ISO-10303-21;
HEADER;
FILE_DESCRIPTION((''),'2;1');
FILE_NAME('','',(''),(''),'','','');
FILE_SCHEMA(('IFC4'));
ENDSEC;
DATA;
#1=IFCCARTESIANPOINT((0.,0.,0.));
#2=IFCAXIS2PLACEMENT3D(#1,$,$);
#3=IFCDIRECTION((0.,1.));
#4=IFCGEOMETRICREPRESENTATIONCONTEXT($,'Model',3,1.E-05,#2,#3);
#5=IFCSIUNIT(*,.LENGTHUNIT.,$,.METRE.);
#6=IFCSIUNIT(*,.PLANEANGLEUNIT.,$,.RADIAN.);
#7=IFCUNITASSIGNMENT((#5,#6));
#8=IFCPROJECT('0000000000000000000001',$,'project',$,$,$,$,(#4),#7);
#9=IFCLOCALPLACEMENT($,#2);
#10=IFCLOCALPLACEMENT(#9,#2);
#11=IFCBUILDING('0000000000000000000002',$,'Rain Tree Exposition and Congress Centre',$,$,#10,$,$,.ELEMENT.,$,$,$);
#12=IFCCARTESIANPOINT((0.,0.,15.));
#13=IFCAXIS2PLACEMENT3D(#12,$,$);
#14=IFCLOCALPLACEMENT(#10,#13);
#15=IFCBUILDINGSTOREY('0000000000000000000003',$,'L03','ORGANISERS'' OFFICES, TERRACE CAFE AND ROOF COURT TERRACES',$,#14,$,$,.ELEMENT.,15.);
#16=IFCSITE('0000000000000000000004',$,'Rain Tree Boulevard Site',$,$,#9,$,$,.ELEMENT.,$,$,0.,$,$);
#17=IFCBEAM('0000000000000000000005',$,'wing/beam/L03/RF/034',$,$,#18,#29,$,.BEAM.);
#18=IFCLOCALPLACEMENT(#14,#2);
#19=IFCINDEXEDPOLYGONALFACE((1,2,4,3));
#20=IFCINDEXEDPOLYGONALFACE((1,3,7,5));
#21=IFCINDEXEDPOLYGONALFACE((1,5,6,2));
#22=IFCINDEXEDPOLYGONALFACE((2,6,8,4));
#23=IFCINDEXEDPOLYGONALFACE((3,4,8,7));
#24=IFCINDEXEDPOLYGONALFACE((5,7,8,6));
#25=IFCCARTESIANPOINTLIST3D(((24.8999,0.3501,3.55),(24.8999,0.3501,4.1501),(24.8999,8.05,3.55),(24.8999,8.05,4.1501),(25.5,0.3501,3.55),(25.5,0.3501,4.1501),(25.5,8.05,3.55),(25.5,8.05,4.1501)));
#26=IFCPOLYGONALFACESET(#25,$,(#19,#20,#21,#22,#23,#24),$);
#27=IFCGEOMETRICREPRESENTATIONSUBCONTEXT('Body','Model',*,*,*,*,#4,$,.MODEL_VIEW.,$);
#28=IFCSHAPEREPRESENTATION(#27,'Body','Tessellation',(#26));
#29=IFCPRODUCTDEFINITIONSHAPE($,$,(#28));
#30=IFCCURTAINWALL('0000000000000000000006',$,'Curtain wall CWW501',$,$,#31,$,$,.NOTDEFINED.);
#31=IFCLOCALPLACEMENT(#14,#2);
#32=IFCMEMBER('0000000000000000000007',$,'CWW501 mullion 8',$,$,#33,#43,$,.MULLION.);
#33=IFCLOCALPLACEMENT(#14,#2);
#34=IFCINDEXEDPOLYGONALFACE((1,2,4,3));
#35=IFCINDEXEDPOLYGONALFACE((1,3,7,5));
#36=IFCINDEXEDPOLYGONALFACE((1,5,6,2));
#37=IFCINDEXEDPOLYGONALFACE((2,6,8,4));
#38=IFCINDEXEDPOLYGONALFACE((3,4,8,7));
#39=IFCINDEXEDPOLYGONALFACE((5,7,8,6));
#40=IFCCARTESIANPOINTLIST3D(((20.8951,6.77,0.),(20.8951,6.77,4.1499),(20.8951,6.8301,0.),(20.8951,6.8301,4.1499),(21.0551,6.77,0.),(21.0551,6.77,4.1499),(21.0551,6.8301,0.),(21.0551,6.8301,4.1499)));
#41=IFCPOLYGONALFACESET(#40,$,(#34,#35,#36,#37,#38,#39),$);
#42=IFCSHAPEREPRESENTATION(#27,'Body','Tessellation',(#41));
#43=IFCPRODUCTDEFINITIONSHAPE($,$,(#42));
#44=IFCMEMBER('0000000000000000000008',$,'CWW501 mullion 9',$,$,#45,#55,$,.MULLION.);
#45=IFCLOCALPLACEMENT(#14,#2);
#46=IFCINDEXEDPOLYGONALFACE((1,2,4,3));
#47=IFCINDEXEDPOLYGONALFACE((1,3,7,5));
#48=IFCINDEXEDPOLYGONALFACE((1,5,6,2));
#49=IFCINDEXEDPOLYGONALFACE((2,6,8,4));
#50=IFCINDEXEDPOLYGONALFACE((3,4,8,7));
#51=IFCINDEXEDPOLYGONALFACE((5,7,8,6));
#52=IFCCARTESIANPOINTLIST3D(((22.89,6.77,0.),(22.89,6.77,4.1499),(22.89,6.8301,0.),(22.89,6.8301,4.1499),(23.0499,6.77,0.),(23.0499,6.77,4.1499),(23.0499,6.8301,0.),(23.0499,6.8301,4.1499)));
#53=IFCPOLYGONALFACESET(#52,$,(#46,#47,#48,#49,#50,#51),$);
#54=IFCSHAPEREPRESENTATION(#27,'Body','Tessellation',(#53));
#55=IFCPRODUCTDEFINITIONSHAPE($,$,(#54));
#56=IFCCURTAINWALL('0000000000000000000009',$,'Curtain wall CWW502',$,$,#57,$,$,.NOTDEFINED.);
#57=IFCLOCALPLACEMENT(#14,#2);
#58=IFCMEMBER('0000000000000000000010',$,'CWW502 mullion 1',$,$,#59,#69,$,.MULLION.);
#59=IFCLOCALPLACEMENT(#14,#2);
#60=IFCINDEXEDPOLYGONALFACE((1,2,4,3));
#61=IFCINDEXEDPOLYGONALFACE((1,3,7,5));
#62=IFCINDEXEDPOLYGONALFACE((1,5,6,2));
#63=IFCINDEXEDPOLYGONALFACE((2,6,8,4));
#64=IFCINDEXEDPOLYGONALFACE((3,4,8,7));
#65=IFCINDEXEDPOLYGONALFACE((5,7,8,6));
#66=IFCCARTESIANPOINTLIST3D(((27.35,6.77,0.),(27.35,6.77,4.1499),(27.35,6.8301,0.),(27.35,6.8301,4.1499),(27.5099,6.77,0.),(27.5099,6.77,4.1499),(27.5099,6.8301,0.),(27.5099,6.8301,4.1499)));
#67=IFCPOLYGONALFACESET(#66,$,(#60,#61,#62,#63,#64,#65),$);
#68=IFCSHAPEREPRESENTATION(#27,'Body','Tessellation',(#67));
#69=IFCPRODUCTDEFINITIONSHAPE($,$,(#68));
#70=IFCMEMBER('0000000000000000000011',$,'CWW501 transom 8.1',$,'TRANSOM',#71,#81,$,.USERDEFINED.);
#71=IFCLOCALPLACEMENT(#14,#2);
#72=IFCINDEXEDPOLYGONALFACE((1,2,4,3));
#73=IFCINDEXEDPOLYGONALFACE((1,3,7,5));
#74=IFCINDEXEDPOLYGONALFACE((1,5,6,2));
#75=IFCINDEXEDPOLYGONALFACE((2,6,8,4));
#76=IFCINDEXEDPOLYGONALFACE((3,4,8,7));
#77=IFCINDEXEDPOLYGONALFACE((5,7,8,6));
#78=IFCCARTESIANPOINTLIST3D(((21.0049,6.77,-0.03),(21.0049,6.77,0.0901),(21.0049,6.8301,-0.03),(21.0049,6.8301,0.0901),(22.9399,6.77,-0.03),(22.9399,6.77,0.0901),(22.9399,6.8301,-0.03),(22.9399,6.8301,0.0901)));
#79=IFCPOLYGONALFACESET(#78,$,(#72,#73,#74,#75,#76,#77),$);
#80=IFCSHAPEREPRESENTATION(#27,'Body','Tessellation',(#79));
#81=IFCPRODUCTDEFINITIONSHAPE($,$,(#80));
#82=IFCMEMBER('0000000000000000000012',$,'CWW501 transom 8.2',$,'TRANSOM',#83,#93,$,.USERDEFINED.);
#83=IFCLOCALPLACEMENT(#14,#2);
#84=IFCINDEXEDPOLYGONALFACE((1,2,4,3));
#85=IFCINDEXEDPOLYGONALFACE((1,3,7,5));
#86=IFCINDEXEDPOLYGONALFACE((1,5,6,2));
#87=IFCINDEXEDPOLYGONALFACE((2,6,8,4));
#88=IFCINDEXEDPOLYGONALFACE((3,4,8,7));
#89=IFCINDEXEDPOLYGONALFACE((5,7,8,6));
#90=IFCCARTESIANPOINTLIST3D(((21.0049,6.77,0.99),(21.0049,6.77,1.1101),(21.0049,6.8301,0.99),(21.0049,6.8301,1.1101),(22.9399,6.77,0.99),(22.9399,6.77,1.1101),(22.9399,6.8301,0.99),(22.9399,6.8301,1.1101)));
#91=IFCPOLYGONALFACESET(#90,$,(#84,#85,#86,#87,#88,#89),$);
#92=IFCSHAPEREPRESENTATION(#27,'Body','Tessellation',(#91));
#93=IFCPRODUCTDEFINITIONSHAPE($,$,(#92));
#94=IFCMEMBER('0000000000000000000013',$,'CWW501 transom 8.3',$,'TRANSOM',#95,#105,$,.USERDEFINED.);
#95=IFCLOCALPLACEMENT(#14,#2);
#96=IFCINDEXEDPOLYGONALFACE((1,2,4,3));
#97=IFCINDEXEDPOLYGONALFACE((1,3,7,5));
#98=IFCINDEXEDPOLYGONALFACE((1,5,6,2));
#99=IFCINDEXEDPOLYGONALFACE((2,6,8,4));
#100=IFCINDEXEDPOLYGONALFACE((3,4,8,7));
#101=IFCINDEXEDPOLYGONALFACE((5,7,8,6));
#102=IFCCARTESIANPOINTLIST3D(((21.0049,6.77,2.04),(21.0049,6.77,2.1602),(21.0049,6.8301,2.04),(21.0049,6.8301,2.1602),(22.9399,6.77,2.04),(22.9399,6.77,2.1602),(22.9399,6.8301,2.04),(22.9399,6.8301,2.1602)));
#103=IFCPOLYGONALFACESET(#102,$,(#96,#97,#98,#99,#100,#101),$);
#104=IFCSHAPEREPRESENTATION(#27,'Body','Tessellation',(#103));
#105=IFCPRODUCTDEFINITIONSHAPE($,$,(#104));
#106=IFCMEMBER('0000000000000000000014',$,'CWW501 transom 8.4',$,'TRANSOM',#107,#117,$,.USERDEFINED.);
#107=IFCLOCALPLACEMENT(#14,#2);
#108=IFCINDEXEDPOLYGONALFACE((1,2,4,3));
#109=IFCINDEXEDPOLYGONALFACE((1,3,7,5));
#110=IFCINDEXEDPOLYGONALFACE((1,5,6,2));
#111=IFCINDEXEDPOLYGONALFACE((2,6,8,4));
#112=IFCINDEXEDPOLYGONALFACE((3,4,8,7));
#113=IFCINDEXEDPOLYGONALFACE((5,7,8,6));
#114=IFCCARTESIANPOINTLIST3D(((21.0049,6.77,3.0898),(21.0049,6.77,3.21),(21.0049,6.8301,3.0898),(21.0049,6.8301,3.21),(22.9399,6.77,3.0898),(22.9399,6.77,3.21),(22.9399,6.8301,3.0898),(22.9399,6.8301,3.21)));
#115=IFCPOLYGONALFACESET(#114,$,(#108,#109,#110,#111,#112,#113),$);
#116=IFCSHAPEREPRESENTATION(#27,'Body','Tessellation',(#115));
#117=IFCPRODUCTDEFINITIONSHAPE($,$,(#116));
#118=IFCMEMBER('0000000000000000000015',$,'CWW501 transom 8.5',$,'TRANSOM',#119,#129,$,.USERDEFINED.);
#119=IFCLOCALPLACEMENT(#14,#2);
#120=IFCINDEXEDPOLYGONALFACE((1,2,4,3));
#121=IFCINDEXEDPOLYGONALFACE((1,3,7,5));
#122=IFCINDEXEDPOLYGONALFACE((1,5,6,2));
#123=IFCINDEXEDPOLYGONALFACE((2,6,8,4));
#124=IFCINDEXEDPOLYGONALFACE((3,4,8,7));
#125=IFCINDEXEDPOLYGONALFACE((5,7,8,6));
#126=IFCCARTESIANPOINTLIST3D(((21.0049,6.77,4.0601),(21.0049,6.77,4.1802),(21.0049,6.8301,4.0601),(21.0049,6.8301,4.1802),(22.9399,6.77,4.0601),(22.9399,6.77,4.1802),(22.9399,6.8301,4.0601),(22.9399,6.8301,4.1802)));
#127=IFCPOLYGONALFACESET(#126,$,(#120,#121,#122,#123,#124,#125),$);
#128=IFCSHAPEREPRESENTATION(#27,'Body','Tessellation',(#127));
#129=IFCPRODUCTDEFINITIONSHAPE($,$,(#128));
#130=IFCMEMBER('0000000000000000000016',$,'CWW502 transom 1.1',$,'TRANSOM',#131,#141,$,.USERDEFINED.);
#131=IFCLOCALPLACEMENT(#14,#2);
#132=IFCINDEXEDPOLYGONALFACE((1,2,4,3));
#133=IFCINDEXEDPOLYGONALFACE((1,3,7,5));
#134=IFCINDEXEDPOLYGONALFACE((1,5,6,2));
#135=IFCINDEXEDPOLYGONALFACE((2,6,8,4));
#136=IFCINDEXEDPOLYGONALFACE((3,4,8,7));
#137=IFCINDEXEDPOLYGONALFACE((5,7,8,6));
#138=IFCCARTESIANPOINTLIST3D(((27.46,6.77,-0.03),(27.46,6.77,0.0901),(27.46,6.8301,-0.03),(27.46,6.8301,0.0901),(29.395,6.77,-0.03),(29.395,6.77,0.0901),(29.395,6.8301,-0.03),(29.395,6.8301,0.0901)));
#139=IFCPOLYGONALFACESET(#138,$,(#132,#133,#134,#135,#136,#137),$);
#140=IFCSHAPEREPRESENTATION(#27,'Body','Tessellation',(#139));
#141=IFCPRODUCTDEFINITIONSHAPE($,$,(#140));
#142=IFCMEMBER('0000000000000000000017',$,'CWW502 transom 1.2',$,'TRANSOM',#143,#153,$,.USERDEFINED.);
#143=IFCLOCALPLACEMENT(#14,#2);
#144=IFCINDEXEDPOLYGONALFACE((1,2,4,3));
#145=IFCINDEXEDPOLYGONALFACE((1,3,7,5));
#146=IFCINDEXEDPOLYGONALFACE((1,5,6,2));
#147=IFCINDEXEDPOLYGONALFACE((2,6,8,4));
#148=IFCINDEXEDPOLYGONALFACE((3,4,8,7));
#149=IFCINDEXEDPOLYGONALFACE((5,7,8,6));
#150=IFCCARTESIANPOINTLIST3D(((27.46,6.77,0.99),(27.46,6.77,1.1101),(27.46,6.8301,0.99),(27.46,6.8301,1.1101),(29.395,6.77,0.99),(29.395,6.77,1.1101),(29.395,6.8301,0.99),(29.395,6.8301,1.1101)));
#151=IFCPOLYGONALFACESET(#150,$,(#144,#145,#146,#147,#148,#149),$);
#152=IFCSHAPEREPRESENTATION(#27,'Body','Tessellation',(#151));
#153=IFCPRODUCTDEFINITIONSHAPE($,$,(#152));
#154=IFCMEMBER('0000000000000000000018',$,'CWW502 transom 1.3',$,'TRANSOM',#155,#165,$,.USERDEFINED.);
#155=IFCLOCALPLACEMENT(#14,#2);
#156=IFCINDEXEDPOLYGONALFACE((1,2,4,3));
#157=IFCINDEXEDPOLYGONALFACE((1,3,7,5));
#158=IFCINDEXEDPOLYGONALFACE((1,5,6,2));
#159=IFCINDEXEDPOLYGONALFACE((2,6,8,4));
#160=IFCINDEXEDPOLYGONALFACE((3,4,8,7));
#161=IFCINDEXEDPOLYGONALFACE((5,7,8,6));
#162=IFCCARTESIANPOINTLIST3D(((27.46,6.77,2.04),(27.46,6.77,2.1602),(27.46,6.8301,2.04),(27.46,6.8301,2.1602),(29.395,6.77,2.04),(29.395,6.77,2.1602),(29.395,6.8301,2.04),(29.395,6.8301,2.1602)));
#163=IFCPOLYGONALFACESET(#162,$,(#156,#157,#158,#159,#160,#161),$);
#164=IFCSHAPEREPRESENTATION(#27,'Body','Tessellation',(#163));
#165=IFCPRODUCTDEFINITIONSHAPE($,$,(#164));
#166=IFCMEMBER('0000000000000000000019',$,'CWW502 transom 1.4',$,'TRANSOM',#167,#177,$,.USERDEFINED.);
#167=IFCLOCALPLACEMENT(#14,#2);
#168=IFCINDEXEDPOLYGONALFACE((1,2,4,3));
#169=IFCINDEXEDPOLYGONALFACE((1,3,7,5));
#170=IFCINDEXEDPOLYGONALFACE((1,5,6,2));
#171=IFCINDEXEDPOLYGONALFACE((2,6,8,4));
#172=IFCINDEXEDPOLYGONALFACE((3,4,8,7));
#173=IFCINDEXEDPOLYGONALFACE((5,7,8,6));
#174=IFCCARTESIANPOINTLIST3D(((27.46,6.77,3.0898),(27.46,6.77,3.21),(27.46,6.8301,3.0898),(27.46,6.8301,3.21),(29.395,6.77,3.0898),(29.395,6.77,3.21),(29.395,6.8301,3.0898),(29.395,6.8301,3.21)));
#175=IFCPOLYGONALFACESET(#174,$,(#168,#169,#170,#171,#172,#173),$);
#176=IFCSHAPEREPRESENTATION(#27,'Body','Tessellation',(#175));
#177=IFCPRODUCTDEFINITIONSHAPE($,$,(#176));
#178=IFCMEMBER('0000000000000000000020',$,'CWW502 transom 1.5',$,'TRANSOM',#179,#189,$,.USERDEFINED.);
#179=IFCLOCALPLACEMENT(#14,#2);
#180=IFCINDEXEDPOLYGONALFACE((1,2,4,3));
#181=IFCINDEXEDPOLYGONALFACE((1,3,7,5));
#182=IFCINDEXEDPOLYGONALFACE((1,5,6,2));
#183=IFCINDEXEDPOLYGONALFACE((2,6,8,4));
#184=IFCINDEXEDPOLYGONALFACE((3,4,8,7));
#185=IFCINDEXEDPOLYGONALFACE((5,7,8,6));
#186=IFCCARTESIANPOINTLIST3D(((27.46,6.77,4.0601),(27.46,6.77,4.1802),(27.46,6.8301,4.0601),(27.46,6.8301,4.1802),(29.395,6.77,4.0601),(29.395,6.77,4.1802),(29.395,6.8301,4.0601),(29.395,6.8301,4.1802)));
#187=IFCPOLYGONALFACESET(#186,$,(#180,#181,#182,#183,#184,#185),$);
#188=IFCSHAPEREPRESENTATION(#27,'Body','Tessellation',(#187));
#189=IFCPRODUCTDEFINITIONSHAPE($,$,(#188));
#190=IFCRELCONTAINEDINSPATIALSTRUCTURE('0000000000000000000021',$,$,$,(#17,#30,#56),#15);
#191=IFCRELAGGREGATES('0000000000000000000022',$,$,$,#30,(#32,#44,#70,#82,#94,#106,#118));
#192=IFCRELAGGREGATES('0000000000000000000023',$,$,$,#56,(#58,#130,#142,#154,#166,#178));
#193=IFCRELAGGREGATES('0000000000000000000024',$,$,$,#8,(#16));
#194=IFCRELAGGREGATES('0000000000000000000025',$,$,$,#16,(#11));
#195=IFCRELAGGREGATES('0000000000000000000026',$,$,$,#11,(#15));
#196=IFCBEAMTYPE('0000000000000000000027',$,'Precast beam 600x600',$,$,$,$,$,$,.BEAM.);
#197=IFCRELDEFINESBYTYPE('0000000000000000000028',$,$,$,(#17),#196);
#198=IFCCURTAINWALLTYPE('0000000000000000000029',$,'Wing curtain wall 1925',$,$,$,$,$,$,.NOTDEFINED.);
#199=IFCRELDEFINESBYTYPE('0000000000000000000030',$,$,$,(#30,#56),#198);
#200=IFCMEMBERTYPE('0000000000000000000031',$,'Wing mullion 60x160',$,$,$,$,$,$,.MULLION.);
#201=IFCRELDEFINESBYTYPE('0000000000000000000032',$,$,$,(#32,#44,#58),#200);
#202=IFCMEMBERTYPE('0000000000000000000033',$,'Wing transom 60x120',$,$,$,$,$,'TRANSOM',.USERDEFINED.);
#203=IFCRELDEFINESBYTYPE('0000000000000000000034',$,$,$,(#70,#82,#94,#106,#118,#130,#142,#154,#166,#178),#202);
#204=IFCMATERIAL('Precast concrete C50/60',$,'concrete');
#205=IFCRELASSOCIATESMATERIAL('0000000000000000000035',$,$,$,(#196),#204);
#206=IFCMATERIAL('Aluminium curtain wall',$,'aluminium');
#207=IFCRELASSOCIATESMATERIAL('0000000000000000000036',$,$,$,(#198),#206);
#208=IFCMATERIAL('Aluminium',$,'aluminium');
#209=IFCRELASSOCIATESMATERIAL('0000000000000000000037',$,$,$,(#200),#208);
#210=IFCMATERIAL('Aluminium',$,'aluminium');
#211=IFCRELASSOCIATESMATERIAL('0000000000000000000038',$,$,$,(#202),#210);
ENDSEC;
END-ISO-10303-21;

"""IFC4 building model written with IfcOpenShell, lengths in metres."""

from ifc_helpers import new_model, si_unit, direction, frame, origin, origin_2d, place, context, subcontext, project, spatial, rectangle, extrude, material, material_profile, profile_set, type_object, element, aggregate, save


model = new_model("IFC4")

# Units and contexts
model_context = context("Model", 3, precision=1e-05, world=origin(), true_north=direction((0.0, 1.0)))
body_context = subcontext(model_context, "Body", "Model", "MODEL_VIEW")
ifc_project = project(units=[si_unit("LENGTHUNIT", "METRE"), si_unit("PLANEANGLEUNIT", "RADIAN")], contexts=[model_context])

# Site, building, storey
site_placement = place(None, origin())
site = spatial("IfcSite", under=ifc_project, at=site_placement, Name="Rain Tree Boulevard Site", CompositionType="ELEMENT", RefElevation=0.0)
building_placement = place(site_placement, origin())
building = spatial("IfcBuilding", under=site, at=building_placement, Name="Rain Tree Exposition and Congress Centre", CompositionType="ELEMENT")
storey_placement = place(building_placement, frame((0.0, 0.0, 15.0)))
storey = spatial("IfcBuildingStorey", under=building, at=storey_placement, Name="L03", Description="ORGANISERS' OFFICES, TERRACE CAFE AND ROOF COURT TERRACES", CompositionType="ELEMENT", Elevation=15.0)

# Beam
ifc_material_1 = material(Name="Precast concrete C50/60", Category="concrete")
ifc_material_profile_1 = material_profile(ifc_material_1, rectangle(XDim=0.6001, YDim=0.6001, at=origin_2d()), Name="RC 600x600")
ifc_profile_set_1 = profile_set([ifc_material_profile_1], Name="Precast concrete C50/60")
beam_type = type_object("IfcBeamType", Name="Precast beam 600x600", PredefinedType="BEAM", material=ifc_profile_set_1)
beam_placement = place(storey_placement, frame((25.2, 0.3501, 3.8501), z_axis=(0.0, 1.0, 0.0), x_axis=(-1.0, 0.0, 0.0)))
element("IfcBeam", 1, at=beam_placement, inside=storey, type_object=beam_type, Name="wing/beam/L03/RF/034", PredefinedType="BEAM", context=body_context, shape_type="SweptSolid", body=[
    extrude(rectangle(XDim=0.6001, YDim=0.6001, at=origin_2d()), origin(), (0.0, 0.0, 1.0), 7.7),
])

# Curtain wall, members
ifc_material_2 = material(Name="Aluminium curtain wall", Category="aluminium")
curtain_wall_type = type_object("IfcCurtainWallType", Name="Wing curtain wall 1925", PredefinedType="NOTDEFINED", material=ifc_material_2)
curtain_wall_1_placement = place(storey_placement, origin())
curtain_wall_1 = element("IfcCurtainWall", 2, at=curtain_wall_1_placement, inside=storey, type_object=curtain_wall_type, Name="Curtain wall CWW501", PredefinedType="NOTDEFINED")
ifc_material_3 = material(Name="Aluminium", Category="aluminium")
ifc_material_profile_2 = material_profile(ifc_material_3, rectangle(XDim=0.0601, YDim=0.1599, at=origin_2d()), Name="Aluminium 60x160")
ifc_profile_set_2 = profile_set([ifc_material_profile_2], Name="Aluminium")
member_type_1 = type_object("IfcMemberType", Name="Wing mullion 60x160", PredefinedType="MULLION", material=ifc_profile_set_2)
member_1_placement = place(storey_placement, frame((20.9751, 6.8, 0.0), z_axis=(0.0, 0.0, 1.0), x_axis=(0.0, 1.0, 0.0)))
member_1 = element("IfcMember", 3, at=member_1_placement, type_object=member_type_1, Name="CWW501 mullion 8", PredefinedType="MULLION", context=body_context, shape_type="SweptSolid", body=[
    extrude(rectangle(XDim=0.0601, YDim=0.1599, at=origin_2d()), origin(), (0.0, 0.0, 1.0), 4.1499),
])
member_2_placement = place(storey_placement, frame((22.97, 6.8, 0.0), z_axis=(0.0, 0.0, 1.0), x_axis=(0.0, 1.0, 0.0)))
member_2 = element("IfcMember", 4, at=member_2_placement, type_object=member_type_1, Name="CWW501 mullion 9", PredefinedType="MULLION", context=body_context, shape_type="SweptSolid", body=[
    extrude(rectangle(XDim=0.0601, YDim=0.1599, at=origin_2d()), origin(), (0.0, 0.0, 1.0), 4.1499),
])

# Curtain wall, member
curtain_wall_2_placement = place(storey_placement, origin())
curtain_wall_2 = element("IfcCurtainWall", 5, at=curtain_wall_2_placement, inside=storey, type_object=curtain_wall_type, Name="Curtain wall CWW502", PredefinedType="NOTDEFINED")
member_3_placement = place(storey_placement, frame((27.4299, 6.8, 0.0), z_axis=(0.0, 0.0, 1.0), x_axis=(0.0, 1.0, 0.0)))
member_3 = element("IfcMember", 6, at=member_3_placement, type_object=member_type_1, Name="CWW502 mullion 1", PredefinedType="MULLION", context=body_context, shape_type="SweptSolid", body=[
    extrude(rectangle(XDim=0.0601, YDim=0.1599, at=origin_2d()), origin(), (0.0, 0.0, 1.0), 4.1499),
])

# Members
ifc_material_4 = material(Name="Aluminium", Category="aluminium")
ifc_material_profile_3 = material_profile(ifc_material_4, rectangle(XDim=0.0601, YDim=0.1201, at=origin_2d()), Name="Aluminium 60x120")
ifc_profile_set_3 = profile_set([ifc_material_profile_3], Name="Aluminium")
member_type_2 = type_object("IfcMemberType", Name="Wing transom 60x120", ElementType="TRANSOM", PredefinedType="USERDEFINED", material=ifc_profile_set_3)
member_4_placement = place(storey_placement, frame((21.0049, 6.8, 0.03), z_axis=(1.0, 0.0, 0.0), x_axis=(0.0, 1.0, 0.0)))
member_4 = element("IfcMember", 7, at=member_4_placement, type_object=member_type_2, Name="CWW501 transom 8.1", ObjectType="TRANSOM", PredefinedType="USERDEFINED", context=body_context, shape_type="SweptSolid", body=[
    extrude(rectangle(XDim=0.0601, YDim=0.1201, at=origin_2d()), origin(), (0.0, 0.0, 1.0), 1.9351),
])
member_5_placement = place(storey_placement, frame((21.0049, 6.8, 1.05), z_axis=(1.0, 0.0, 0.0), x_axis=(0.0, 1.0, 0.0)))
member_5 = element("IfcMember", 8, at=member_5_placement, type_object=member_type_2, Name="CWW501 transom 8.2", ObjectType="TRANSOM", PredefinedType="USERDEFINED", context=body_context, shape_type="SweptSolid", body=[
    extrude(rectangle(XDim=0.0601, YDim=0.1201, at=origin_2d()), origin(), (0.0, 0.0, 1.0), 1.9351),
])
member_6_placement = place(storey_placement, frame((21.0049, 6.8, 2.1001), z_axis=(1.0, 0.0, 0.0), x_axis=(0.0, 1.0, 0.0)))
member_6 = element("IfcMember", 9, at=member_6_placement, type_object=member_type_2, Name="CWW501 transom 8.3", ObjectType="TRANSOM", PredefinedType="USERDEFINED", context=body_context, shape_type="SweptSolid", body=[
    extrude(rectangle(XDim=0.0601, YDim=0.1201, at=origin_2d()), origin(), (0.0, 0.0, 1.0), 1.9351),
])
member_7_placement = place(storey_placement, frame((21.0049, 6.8, 3.1499), z_axis=(1.0, 0.0, 0.0), x_axis=(0.0, 1.0, 0.0)))
member_7 = element("IfcMember", 10, at=member_7_placement, type_object=member_type_2, Name="CWW501 transom 8.4", ObjectType="TRANSOM", PredefinedType="USERDEFINED", context=body_context, shape_type="SweptSolid", body=[
    extrude(rectangle(XDim=0.0601, YDim=0.1201, at=origin_2d()), origin(), (0.0, 0.0, 1.0), 1.9351),
])
member_8_placement = place(storey_placement, frame((21.0049, 6.8, 4.1201), z_axis=(1.0, 0.0, 0.0), x_axis=(0.0, 1.0, 0.0)))
member_8 = element("IfcMember", 11, at=member_8_placement, type_object=member_type_2, Name="CWW501 transom 8.5", ObjectType="TRANSOM", PredefinedType="USERDEFINED", context=body_context, shape_type="SweptSolid", body=[
    extrude(rectangle(XDim=0.0601, YDim=0.1201, at=origin_2d()), origin(), (0.0, 0.0, 1.0), 1.9351),
])
member_9_placement = place(storey_placement, frame((27.46, 6.8, 0.03), z_axis=(1.0, 0.0, 0.0), x_axis=(0.0, 1.0, 0.0)))
member_9 = element("IfcMember", 12, at=member_9_placement, type_object=member_type_2, Name="CWW502 transom 1.1", ObjectType="TRANSOM", PredefinedType="USERDEFINED", context=body_context, shape_type="SweptSolid", body=[
    extrude(rectangle(XDim=0.0601, YDim=0.1201, at=origin_2d()), origin(), (0.0, 0.0, 1.0), 1.9351),
])
member_10_placement = place(storey_placement, frame((27.46, 6.8, 1.05), z_axis=(1.0, 0.0, 0.0), x_axis=(0.0, 1.0, 0.0)))
member_10 = element("IfcMember", 13, at=member_10_placement, type_object=member_type_2, Name="CWW502 transom 1.2", ObjectType="TRANSOM", PredefinedType="USERDEFINED", context=body_context, shape_type="SweptSolid", body=[
    extrude(rectangle(XDim=0.0601, YDim=0.1201, at=origin_2d()), origin(), (0.0, 0.0, 1.0), 1.9351),
])
member_11_placement = place(storey_placement, frame((27.46, 6.8, 2.1001), z_axis=(1.0, 0.0, 0.0), x_axis=(0.0, 1.0, 0.0)))
member_11 = element("IfcMember", 14, at=member_11_placement, type_object=member_type_2, Name="CWW502 transom 1.3", ObjectType="TRANSOM", PredefinedType="USERDEFINED", context=body_context, shape_type="SweptSolid", body=[
    extrude(rectangle(XDim=0.0601, YDim=0.1201, at=origin_2d()), origin(), (0.0, 0.0, 1.0), 1.9351),
])
member_12_placement = place(storey_placement, frame((27.46, 6.8, 3.1499), z_axis=(1.0, 0.0, 0.0), x_axis=(0.0, 1.0, 0.0)))
member_12 = element("IfcMember", 15, at=member_12_placement, type_object=member_type_2, Name="CWW502 transom 1.4", ObjectType="TRANSOM", PredefinedType="USERDEFINED", context=body_context, shape_type="SweptSolid", body=[
    extrude(rectangle(XDim=0.0601, YDim=0.1201, at=origin_2d()), origin(), (0.0, 0.0, 1.0), 1.9351),
])
member_13_placement = place(storey_placement, frame((27.46, 6.8, 4.1201), z_axis=(1.0, 0.0, 0.0), x_axis=(0.0, 1.0, 0.0)))
member_13 = element("IfcMember", 16, at=member_13_placement, type_object=member_type_2, Name="CWW502 transom 1.5", ObjectType="TRANSOM", PredefinedType="USERDEFINED", context=body_context, shape_type="SweptSolid", body=[
    extrude(rectangle(XDim=0.0601, YDim=0.1201, at=origin_2d()), origin(), (0.0, 0.0, 1.0), 1.9351),
])

aggregate(curtain_wall_1, [member_1, member_2, member_4, member_5, member_6, member_7, member_8])
aggregate(curtain_wall_2, [member_3, member_9, member_10, member_11, member_12, member_13])

save(model, "model.ifc")
